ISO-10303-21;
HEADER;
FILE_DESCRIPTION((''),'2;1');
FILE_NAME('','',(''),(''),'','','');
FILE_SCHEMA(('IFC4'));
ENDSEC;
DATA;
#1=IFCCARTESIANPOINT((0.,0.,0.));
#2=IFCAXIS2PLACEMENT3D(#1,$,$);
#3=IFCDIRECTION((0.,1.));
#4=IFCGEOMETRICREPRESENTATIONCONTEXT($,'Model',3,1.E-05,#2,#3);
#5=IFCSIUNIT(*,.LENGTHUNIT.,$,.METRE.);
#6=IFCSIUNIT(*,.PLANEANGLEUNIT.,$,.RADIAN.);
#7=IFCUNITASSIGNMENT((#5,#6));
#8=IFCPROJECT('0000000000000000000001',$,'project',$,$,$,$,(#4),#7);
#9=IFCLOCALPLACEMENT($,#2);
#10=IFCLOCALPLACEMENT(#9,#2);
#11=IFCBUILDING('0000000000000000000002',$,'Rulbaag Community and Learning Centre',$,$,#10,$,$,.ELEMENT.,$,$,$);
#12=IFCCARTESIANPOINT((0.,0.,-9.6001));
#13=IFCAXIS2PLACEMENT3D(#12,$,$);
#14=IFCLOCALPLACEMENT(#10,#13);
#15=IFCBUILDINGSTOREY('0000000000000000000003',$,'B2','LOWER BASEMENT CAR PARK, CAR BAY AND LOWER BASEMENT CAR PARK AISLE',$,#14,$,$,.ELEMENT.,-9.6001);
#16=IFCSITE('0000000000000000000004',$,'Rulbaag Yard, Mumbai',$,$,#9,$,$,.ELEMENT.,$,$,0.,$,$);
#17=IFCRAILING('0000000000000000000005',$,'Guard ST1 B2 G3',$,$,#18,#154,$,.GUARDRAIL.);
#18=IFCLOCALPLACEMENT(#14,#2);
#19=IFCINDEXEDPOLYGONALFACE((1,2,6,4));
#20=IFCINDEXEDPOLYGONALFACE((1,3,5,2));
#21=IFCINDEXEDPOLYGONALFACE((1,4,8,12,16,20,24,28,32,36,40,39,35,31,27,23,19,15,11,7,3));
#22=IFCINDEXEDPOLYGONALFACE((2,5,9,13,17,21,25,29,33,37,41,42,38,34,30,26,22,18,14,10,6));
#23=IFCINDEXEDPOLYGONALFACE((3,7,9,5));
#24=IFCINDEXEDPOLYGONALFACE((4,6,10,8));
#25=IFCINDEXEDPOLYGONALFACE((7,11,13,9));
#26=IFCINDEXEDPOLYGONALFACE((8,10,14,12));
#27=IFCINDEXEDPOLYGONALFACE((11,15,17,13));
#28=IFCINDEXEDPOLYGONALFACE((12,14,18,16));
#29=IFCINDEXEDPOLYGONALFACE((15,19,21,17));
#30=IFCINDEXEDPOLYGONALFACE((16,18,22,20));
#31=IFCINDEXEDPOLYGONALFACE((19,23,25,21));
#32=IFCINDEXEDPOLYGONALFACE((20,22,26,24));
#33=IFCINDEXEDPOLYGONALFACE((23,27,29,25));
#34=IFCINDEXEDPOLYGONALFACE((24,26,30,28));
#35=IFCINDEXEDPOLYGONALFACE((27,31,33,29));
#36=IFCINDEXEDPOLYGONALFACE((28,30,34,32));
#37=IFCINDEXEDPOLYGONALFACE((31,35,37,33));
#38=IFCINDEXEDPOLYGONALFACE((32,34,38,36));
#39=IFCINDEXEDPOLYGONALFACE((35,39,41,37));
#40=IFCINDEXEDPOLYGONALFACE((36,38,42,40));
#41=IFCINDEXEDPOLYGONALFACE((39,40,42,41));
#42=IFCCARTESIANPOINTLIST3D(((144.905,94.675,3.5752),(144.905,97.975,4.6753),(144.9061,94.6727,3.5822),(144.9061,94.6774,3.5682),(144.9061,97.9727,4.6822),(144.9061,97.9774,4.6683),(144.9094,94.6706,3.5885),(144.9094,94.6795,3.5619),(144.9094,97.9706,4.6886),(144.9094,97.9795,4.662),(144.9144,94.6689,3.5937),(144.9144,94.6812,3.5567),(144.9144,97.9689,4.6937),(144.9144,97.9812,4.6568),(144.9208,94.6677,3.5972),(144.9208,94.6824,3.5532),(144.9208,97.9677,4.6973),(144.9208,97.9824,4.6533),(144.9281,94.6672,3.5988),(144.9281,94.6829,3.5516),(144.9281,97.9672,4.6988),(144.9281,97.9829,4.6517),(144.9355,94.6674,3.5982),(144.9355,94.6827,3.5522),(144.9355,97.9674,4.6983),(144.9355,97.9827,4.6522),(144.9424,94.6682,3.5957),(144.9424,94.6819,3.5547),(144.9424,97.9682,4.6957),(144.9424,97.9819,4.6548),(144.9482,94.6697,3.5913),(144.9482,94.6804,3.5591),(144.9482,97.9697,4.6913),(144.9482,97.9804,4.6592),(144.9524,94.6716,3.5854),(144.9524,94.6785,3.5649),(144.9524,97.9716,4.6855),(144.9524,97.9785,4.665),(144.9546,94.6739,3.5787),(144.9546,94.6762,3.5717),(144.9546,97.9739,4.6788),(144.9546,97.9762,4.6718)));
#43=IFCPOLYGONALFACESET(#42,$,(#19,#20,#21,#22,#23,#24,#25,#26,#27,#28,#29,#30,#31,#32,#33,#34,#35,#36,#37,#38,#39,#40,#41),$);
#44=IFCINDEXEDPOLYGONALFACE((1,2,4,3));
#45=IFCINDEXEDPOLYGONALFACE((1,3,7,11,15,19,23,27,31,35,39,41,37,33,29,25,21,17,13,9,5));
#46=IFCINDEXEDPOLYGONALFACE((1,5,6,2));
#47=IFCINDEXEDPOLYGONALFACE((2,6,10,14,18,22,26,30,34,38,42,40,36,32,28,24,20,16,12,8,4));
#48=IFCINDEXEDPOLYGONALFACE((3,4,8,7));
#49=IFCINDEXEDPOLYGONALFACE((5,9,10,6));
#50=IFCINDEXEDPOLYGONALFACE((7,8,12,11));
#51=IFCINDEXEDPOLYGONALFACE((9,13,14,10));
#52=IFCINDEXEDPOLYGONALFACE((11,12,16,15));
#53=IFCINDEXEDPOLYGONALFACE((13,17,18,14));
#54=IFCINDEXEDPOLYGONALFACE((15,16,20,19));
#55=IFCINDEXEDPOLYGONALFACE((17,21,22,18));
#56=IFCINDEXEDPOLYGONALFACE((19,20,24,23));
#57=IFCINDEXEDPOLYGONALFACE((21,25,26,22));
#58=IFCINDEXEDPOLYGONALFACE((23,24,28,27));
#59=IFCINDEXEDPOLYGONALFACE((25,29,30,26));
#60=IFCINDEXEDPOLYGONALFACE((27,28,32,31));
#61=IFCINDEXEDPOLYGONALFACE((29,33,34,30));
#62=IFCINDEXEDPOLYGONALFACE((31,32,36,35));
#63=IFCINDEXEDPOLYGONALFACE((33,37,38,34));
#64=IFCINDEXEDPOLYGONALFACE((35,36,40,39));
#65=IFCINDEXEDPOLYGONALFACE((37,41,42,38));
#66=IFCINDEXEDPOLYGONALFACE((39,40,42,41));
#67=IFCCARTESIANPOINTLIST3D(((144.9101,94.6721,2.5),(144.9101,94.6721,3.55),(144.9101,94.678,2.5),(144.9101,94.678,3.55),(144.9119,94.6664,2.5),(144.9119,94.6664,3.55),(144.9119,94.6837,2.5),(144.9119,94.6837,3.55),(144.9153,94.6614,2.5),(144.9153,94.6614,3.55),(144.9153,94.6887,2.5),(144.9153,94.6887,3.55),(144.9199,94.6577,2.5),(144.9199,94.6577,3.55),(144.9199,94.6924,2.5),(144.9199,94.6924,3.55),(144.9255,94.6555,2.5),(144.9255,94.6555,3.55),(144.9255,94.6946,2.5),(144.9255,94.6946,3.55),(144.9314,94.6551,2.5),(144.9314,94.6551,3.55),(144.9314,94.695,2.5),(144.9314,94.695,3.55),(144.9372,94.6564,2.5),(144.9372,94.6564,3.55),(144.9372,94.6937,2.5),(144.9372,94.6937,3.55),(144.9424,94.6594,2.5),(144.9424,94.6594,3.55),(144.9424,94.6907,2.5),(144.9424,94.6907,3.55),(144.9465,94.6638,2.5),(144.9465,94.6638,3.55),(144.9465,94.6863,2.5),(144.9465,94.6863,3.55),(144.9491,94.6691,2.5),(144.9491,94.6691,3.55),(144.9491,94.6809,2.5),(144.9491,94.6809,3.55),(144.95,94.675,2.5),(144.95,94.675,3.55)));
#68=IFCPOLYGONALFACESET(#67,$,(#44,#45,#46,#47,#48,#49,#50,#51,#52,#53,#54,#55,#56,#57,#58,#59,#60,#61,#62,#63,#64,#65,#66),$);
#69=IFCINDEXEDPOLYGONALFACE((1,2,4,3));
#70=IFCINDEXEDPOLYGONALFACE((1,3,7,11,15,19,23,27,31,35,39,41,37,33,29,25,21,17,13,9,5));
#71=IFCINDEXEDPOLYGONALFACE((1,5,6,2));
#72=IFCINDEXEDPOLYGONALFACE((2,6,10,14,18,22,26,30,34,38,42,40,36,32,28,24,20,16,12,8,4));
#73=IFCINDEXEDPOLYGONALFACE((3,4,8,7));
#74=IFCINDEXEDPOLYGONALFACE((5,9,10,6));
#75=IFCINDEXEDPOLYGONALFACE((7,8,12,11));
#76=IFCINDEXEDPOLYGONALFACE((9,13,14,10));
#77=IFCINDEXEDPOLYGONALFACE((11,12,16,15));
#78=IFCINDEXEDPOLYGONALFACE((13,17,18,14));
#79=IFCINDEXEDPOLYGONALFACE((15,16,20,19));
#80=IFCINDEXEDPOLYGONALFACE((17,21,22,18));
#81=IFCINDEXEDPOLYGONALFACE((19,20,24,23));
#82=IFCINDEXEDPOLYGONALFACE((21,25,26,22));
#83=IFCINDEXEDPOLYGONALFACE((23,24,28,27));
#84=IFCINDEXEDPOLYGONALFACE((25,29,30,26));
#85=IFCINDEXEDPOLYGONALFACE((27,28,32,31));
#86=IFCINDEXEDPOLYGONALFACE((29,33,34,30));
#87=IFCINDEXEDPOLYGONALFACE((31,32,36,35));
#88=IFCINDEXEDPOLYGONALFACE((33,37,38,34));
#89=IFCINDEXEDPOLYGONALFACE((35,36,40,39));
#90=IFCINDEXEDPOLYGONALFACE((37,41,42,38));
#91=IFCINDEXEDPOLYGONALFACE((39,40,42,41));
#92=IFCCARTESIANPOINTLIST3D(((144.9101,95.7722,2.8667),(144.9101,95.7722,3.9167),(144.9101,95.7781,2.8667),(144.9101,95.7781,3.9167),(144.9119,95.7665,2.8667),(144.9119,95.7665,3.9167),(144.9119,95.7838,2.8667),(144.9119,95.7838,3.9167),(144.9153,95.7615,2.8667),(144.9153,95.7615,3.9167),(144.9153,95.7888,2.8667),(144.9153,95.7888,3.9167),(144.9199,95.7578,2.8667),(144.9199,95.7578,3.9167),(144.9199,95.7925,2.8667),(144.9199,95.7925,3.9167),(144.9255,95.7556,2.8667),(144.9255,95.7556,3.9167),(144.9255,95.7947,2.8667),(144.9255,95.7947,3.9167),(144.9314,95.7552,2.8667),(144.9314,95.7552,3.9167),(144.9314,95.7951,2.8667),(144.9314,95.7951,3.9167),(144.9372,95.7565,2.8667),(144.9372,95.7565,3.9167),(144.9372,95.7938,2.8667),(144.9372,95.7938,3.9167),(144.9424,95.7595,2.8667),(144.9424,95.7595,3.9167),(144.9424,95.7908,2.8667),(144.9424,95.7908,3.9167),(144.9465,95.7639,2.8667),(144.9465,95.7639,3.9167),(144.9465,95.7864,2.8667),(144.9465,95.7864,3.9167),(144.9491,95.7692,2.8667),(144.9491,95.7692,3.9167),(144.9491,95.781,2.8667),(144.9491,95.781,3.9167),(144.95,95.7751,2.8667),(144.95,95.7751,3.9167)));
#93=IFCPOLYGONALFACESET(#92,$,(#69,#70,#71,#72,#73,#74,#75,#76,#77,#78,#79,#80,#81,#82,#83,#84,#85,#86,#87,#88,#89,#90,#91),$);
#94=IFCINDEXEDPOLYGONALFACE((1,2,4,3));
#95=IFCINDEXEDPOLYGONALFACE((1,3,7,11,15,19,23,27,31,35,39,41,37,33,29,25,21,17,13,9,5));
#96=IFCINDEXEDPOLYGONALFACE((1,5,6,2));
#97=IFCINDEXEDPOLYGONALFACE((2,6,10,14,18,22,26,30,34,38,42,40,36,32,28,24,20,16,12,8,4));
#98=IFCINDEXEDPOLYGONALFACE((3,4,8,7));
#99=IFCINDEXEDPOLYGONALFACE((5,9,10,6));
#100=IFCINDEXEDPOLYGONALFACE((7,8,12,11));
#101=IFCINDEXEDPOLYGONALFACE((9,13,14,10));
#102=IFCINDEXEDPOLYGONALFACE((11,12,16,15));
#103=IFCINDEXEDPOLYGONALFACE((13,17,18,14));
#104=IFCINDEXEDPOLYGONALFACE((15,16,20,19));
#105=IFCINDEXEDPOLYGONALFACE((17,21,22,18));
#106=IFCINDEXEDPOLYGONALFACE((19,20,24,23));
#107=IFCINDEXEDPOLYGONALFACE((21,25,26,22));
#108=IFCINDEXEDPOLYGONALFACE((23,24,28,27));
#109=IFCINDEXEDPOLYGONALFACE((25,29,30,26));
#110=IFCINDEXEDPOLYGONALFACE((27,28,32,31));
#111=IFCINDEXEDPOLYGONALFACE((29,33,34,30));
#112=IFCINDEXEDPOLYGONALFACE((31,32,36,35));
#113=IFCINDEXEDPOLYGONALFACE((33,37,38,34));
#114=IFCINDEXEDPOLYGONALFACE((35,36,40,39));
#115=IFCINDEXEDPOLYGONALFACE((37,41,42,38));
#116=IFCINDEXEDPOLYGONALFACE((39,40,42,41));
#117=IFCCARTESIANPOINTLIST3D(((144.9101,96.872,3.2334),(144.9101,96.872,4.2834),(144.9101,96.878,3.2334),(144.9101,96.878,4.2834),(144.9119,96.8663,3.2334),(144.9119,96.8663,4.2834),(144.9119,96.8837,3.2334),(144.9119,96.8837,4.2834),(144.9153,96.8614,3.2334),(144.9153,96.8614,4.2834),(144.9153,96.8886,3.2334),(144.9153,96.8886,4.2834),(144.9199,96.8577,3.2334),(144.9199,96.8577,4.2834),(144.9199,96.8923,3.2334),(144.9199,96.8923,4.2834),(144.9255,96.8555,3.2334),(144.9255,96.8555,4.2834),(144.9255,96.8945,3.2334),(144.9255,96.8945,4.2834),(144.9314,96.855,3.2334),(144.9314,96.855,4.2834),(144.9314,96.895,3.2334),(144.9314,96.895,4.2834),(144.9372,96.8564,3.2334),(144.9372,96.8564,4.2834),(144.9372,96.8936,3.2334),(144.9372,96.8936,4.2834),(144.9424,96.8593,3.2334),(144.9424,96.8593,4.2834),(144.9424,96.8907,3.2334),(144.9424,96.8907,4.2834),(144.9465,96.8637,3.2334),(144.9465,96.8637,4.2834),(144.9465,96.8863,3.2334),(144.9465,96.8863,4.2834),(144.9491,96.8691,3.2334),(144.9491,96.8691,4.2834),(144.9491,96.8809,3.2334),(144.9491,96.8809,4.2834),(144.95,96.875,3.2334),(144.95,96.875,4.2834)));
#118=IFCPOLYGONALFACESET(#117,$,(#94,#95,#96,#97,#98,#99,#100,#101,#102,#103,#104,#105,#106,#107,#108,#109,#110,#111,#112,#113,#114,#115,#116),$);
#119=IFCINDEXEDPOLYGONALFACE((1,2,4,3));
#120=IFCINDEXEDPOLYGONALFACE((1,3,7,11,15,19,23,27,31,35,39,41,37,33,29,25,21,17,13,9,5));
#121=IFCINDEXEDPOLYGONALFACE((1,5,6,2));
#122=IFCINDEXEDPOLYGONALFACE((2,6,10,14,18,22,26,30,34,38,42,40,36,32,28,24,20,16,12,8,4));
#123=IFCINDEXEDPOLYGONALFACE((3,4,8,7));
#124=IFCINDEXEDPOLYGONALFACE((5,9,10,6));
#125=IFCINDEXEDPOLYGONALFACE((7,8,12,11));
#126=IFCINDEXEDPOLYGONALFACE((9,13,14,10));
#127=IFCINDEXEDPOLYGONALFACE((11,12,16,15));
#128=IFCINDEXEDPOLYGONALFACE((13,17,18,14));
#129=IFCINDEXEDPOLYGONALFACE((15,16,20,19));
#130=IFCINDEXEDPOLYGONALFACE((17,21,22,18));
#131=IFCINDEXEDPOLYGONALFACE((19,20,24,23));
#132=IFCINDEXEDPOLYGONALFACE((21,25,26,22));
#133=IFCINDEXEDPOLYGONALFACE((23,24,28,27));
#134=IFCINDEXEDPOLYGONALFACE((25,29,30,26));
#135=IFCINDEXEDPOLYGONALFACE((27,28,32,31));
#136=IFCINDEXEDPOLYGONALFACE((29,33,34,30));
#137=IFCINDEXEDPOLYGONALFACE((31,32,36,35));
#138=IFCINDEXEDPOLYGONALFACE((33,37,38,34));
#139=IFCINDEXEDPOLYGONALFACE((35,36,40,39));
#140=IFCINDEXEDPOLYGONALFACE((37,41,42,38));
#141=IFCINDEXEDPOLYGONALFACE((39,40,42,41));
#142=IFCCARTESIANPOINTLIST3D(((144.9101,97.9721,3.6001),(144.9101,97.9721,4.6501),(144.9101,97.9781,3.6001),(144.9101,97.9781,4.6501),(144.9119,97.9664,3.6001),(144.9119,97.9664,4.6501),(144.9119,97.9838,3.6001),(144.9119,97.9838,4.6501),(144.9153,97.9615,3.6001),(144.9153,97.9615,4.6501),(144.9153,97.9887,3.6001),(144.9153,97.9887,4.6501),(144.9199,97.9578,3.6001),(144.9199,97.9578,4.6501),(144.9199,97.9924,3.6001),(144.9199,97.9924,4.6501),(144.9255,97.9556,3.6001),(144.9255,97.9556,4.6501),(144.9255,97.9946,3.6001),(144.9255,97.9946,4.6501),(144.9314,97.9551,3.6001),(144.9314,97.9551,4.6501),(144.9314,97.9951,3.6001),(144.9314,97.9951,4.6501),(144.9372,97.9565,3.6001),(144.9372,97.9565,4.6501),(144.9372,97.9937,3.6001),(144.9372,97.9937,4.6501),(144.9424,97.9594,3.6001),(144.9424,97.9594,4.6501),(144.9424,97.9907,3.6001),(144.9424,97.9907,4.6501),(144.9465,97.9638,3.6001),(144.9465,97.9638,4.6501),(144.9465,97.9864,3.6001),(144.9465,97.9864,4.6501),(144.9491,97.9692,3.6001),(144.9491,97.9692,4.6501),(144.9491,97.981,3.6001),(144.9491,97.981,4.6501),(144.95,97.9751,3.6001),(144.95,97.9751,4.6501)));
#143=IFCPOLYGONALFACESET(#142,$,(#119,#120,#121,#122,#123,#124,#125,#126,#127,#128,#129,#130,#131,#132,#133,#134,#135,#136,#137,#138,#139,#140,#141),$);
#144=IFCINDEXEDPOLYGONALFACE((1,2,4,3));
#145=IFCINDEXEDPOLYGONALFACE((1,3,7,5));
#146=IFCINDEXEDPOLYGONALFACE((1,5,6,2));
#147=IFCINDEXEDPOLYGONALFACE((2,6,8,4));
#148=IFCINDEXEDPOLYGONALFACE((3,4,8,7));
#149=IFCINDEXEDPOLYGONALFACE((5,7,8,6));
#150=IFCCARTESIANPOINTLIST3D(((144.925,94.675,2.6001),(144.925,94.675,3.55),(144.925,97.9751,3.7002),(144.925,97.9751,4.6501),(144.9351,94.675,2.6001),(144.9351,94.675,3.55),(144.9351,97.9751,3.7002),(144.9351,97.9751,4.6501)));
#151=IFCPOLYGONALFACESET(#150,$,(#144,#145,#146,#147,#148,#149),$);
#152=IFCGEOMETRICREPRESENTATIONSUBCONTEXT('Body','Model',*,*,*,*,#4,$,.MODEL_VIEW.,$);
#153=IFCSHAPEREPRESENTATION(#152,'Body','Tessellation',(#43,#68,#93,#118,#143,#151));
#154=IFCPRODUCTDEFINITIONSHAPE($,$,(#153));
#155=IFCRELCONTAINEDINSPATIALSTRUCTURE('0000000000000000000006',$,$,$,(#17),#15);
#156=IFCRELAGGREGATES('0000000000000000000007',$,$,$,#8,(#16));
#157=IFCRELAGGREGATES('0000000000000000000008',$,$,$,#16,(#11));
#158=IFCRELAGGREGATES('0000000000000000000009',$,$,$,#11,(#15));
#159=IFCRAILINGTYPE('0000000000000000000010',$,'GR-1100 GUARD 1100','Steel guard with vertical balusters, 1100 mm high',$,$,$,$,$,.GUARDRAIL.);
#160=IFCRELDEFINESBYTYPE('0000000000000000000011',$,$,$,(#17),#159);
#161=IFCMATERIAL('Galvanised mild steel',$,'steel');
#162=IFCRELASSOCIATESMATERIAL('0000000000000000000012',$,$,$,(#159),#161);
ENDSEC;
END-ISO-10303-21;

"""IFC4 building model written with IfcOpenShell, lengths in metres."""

from ifc_helpers import new_model, si_unit, direction, frame, origin, origin_2d, place, context, subcontext, project, spatial, polyline, circle, outline, extrude, material, type_object, element, save


model = new_model("IFC4")

# Units and contexts
model_context = context("Model", 3, precision=1e-05, world=origin(), true_north=direction((0.0, 1.0)))
body_context = subcontext(model_context, "Body", "Model", "MODEL_VIEW")
ifc_project = project(units=[si_unit("LENGTHUNIT", "METRE"), si_unit("PLANEANGLEUNIT", "RADIAN")], contexts=[model_context])

# Site, building, storey
site_placement = place(None, origin())
site = spatial("IfcSite", under=ifc_project, at=site_placement, Name="Rulbaag Yard, Mumbai", CompositionType="ELEMENT", RefElevation=0.0)
building_placement = place(site_placement, origin())
building = spatial("IfcBuilding", under=site, at=building_placement, Name="Rulbaag Community and Learning Centre", CompositionType="ELEMENT")
storey_placement = place(building_placement, frame((0.0, 0.0, -9.6001)))
storey = spatial("IfcBuildingStorey", under=building, at=storey_placement, Name="B2", Description="LOWER BASEMENT CAR PARK, CAR BAY AND LOWER BASEMENT CAR PARK AISLE", CompositionType="ELEMENT", Elevation=-9.6001)

# Railing
ifc_material_1 = material(Name="Galvanised mild steel", Category="steel")
railing_type_1 = type_object("IfcRailingType", Name="GR-1100 GUARD 1100", Description="Steel guard with vertical balusters, 1100 mm high", PredefinedType="GUARDRAIL", material=ifc_material_1)
for number, where, name in (
    (1, (144.9299, 94.675, 2.5), "Guard ST1 B2 G3"),
):
    element("IfcRailing", number, at=place(storey_placement, frame(where)), inside=storey, type_object=railing_type_1, Name=name, PredefinedType="GUARDRAIL", context=body_context, shape_type="SweptSolid", body=[
        extrude(circle(Radius=0.0249, at=origin_2d()), frame((0.0, 0.0, 1.0752), z_axis=(0.0, 0.948676, 0.316249), x_axis=(-1.0, 0.0, 0.0)), (0.0, 0.0, 1.0), 3.4785),
        extrude(circle(Radius=0.02, at=origin_2d()), origin(), (0.0, 0.0, 1.0), 1.05),
        extrude(circle(Radius=0.02, at=origin_2d()), frame((0.0, 1.1001, 0.3667)), (0.0, 0.0, 1.0), 1.05),
        extrude(circle(Radius=0.02, at=origin_2d()), frame((0.0, 2.2, 0.7334)), (0.0, 0.0, 1.0), 1.05),
        extrude(circle(Radius=0.02, at=origin_2d()), frame((0.0, 3.3, 1.1001)), (0.0, 0.0, 1.0), 1.05),
        extrude(outline(polyline([(0.0, 0.0), (3.3, 1.1001), (3.3, 2.05), (0.0, 0.95), (0.0, 0.0)])), frame((-0.0049, 0.0, 0.1001), z_axis=(1.0, 0.0, 0.0), x_axis=(0.0, 1.0, 0.0)), (0.0, 0.0, 1.0), 0.01),
    ])

save(model, "model.ifc")
